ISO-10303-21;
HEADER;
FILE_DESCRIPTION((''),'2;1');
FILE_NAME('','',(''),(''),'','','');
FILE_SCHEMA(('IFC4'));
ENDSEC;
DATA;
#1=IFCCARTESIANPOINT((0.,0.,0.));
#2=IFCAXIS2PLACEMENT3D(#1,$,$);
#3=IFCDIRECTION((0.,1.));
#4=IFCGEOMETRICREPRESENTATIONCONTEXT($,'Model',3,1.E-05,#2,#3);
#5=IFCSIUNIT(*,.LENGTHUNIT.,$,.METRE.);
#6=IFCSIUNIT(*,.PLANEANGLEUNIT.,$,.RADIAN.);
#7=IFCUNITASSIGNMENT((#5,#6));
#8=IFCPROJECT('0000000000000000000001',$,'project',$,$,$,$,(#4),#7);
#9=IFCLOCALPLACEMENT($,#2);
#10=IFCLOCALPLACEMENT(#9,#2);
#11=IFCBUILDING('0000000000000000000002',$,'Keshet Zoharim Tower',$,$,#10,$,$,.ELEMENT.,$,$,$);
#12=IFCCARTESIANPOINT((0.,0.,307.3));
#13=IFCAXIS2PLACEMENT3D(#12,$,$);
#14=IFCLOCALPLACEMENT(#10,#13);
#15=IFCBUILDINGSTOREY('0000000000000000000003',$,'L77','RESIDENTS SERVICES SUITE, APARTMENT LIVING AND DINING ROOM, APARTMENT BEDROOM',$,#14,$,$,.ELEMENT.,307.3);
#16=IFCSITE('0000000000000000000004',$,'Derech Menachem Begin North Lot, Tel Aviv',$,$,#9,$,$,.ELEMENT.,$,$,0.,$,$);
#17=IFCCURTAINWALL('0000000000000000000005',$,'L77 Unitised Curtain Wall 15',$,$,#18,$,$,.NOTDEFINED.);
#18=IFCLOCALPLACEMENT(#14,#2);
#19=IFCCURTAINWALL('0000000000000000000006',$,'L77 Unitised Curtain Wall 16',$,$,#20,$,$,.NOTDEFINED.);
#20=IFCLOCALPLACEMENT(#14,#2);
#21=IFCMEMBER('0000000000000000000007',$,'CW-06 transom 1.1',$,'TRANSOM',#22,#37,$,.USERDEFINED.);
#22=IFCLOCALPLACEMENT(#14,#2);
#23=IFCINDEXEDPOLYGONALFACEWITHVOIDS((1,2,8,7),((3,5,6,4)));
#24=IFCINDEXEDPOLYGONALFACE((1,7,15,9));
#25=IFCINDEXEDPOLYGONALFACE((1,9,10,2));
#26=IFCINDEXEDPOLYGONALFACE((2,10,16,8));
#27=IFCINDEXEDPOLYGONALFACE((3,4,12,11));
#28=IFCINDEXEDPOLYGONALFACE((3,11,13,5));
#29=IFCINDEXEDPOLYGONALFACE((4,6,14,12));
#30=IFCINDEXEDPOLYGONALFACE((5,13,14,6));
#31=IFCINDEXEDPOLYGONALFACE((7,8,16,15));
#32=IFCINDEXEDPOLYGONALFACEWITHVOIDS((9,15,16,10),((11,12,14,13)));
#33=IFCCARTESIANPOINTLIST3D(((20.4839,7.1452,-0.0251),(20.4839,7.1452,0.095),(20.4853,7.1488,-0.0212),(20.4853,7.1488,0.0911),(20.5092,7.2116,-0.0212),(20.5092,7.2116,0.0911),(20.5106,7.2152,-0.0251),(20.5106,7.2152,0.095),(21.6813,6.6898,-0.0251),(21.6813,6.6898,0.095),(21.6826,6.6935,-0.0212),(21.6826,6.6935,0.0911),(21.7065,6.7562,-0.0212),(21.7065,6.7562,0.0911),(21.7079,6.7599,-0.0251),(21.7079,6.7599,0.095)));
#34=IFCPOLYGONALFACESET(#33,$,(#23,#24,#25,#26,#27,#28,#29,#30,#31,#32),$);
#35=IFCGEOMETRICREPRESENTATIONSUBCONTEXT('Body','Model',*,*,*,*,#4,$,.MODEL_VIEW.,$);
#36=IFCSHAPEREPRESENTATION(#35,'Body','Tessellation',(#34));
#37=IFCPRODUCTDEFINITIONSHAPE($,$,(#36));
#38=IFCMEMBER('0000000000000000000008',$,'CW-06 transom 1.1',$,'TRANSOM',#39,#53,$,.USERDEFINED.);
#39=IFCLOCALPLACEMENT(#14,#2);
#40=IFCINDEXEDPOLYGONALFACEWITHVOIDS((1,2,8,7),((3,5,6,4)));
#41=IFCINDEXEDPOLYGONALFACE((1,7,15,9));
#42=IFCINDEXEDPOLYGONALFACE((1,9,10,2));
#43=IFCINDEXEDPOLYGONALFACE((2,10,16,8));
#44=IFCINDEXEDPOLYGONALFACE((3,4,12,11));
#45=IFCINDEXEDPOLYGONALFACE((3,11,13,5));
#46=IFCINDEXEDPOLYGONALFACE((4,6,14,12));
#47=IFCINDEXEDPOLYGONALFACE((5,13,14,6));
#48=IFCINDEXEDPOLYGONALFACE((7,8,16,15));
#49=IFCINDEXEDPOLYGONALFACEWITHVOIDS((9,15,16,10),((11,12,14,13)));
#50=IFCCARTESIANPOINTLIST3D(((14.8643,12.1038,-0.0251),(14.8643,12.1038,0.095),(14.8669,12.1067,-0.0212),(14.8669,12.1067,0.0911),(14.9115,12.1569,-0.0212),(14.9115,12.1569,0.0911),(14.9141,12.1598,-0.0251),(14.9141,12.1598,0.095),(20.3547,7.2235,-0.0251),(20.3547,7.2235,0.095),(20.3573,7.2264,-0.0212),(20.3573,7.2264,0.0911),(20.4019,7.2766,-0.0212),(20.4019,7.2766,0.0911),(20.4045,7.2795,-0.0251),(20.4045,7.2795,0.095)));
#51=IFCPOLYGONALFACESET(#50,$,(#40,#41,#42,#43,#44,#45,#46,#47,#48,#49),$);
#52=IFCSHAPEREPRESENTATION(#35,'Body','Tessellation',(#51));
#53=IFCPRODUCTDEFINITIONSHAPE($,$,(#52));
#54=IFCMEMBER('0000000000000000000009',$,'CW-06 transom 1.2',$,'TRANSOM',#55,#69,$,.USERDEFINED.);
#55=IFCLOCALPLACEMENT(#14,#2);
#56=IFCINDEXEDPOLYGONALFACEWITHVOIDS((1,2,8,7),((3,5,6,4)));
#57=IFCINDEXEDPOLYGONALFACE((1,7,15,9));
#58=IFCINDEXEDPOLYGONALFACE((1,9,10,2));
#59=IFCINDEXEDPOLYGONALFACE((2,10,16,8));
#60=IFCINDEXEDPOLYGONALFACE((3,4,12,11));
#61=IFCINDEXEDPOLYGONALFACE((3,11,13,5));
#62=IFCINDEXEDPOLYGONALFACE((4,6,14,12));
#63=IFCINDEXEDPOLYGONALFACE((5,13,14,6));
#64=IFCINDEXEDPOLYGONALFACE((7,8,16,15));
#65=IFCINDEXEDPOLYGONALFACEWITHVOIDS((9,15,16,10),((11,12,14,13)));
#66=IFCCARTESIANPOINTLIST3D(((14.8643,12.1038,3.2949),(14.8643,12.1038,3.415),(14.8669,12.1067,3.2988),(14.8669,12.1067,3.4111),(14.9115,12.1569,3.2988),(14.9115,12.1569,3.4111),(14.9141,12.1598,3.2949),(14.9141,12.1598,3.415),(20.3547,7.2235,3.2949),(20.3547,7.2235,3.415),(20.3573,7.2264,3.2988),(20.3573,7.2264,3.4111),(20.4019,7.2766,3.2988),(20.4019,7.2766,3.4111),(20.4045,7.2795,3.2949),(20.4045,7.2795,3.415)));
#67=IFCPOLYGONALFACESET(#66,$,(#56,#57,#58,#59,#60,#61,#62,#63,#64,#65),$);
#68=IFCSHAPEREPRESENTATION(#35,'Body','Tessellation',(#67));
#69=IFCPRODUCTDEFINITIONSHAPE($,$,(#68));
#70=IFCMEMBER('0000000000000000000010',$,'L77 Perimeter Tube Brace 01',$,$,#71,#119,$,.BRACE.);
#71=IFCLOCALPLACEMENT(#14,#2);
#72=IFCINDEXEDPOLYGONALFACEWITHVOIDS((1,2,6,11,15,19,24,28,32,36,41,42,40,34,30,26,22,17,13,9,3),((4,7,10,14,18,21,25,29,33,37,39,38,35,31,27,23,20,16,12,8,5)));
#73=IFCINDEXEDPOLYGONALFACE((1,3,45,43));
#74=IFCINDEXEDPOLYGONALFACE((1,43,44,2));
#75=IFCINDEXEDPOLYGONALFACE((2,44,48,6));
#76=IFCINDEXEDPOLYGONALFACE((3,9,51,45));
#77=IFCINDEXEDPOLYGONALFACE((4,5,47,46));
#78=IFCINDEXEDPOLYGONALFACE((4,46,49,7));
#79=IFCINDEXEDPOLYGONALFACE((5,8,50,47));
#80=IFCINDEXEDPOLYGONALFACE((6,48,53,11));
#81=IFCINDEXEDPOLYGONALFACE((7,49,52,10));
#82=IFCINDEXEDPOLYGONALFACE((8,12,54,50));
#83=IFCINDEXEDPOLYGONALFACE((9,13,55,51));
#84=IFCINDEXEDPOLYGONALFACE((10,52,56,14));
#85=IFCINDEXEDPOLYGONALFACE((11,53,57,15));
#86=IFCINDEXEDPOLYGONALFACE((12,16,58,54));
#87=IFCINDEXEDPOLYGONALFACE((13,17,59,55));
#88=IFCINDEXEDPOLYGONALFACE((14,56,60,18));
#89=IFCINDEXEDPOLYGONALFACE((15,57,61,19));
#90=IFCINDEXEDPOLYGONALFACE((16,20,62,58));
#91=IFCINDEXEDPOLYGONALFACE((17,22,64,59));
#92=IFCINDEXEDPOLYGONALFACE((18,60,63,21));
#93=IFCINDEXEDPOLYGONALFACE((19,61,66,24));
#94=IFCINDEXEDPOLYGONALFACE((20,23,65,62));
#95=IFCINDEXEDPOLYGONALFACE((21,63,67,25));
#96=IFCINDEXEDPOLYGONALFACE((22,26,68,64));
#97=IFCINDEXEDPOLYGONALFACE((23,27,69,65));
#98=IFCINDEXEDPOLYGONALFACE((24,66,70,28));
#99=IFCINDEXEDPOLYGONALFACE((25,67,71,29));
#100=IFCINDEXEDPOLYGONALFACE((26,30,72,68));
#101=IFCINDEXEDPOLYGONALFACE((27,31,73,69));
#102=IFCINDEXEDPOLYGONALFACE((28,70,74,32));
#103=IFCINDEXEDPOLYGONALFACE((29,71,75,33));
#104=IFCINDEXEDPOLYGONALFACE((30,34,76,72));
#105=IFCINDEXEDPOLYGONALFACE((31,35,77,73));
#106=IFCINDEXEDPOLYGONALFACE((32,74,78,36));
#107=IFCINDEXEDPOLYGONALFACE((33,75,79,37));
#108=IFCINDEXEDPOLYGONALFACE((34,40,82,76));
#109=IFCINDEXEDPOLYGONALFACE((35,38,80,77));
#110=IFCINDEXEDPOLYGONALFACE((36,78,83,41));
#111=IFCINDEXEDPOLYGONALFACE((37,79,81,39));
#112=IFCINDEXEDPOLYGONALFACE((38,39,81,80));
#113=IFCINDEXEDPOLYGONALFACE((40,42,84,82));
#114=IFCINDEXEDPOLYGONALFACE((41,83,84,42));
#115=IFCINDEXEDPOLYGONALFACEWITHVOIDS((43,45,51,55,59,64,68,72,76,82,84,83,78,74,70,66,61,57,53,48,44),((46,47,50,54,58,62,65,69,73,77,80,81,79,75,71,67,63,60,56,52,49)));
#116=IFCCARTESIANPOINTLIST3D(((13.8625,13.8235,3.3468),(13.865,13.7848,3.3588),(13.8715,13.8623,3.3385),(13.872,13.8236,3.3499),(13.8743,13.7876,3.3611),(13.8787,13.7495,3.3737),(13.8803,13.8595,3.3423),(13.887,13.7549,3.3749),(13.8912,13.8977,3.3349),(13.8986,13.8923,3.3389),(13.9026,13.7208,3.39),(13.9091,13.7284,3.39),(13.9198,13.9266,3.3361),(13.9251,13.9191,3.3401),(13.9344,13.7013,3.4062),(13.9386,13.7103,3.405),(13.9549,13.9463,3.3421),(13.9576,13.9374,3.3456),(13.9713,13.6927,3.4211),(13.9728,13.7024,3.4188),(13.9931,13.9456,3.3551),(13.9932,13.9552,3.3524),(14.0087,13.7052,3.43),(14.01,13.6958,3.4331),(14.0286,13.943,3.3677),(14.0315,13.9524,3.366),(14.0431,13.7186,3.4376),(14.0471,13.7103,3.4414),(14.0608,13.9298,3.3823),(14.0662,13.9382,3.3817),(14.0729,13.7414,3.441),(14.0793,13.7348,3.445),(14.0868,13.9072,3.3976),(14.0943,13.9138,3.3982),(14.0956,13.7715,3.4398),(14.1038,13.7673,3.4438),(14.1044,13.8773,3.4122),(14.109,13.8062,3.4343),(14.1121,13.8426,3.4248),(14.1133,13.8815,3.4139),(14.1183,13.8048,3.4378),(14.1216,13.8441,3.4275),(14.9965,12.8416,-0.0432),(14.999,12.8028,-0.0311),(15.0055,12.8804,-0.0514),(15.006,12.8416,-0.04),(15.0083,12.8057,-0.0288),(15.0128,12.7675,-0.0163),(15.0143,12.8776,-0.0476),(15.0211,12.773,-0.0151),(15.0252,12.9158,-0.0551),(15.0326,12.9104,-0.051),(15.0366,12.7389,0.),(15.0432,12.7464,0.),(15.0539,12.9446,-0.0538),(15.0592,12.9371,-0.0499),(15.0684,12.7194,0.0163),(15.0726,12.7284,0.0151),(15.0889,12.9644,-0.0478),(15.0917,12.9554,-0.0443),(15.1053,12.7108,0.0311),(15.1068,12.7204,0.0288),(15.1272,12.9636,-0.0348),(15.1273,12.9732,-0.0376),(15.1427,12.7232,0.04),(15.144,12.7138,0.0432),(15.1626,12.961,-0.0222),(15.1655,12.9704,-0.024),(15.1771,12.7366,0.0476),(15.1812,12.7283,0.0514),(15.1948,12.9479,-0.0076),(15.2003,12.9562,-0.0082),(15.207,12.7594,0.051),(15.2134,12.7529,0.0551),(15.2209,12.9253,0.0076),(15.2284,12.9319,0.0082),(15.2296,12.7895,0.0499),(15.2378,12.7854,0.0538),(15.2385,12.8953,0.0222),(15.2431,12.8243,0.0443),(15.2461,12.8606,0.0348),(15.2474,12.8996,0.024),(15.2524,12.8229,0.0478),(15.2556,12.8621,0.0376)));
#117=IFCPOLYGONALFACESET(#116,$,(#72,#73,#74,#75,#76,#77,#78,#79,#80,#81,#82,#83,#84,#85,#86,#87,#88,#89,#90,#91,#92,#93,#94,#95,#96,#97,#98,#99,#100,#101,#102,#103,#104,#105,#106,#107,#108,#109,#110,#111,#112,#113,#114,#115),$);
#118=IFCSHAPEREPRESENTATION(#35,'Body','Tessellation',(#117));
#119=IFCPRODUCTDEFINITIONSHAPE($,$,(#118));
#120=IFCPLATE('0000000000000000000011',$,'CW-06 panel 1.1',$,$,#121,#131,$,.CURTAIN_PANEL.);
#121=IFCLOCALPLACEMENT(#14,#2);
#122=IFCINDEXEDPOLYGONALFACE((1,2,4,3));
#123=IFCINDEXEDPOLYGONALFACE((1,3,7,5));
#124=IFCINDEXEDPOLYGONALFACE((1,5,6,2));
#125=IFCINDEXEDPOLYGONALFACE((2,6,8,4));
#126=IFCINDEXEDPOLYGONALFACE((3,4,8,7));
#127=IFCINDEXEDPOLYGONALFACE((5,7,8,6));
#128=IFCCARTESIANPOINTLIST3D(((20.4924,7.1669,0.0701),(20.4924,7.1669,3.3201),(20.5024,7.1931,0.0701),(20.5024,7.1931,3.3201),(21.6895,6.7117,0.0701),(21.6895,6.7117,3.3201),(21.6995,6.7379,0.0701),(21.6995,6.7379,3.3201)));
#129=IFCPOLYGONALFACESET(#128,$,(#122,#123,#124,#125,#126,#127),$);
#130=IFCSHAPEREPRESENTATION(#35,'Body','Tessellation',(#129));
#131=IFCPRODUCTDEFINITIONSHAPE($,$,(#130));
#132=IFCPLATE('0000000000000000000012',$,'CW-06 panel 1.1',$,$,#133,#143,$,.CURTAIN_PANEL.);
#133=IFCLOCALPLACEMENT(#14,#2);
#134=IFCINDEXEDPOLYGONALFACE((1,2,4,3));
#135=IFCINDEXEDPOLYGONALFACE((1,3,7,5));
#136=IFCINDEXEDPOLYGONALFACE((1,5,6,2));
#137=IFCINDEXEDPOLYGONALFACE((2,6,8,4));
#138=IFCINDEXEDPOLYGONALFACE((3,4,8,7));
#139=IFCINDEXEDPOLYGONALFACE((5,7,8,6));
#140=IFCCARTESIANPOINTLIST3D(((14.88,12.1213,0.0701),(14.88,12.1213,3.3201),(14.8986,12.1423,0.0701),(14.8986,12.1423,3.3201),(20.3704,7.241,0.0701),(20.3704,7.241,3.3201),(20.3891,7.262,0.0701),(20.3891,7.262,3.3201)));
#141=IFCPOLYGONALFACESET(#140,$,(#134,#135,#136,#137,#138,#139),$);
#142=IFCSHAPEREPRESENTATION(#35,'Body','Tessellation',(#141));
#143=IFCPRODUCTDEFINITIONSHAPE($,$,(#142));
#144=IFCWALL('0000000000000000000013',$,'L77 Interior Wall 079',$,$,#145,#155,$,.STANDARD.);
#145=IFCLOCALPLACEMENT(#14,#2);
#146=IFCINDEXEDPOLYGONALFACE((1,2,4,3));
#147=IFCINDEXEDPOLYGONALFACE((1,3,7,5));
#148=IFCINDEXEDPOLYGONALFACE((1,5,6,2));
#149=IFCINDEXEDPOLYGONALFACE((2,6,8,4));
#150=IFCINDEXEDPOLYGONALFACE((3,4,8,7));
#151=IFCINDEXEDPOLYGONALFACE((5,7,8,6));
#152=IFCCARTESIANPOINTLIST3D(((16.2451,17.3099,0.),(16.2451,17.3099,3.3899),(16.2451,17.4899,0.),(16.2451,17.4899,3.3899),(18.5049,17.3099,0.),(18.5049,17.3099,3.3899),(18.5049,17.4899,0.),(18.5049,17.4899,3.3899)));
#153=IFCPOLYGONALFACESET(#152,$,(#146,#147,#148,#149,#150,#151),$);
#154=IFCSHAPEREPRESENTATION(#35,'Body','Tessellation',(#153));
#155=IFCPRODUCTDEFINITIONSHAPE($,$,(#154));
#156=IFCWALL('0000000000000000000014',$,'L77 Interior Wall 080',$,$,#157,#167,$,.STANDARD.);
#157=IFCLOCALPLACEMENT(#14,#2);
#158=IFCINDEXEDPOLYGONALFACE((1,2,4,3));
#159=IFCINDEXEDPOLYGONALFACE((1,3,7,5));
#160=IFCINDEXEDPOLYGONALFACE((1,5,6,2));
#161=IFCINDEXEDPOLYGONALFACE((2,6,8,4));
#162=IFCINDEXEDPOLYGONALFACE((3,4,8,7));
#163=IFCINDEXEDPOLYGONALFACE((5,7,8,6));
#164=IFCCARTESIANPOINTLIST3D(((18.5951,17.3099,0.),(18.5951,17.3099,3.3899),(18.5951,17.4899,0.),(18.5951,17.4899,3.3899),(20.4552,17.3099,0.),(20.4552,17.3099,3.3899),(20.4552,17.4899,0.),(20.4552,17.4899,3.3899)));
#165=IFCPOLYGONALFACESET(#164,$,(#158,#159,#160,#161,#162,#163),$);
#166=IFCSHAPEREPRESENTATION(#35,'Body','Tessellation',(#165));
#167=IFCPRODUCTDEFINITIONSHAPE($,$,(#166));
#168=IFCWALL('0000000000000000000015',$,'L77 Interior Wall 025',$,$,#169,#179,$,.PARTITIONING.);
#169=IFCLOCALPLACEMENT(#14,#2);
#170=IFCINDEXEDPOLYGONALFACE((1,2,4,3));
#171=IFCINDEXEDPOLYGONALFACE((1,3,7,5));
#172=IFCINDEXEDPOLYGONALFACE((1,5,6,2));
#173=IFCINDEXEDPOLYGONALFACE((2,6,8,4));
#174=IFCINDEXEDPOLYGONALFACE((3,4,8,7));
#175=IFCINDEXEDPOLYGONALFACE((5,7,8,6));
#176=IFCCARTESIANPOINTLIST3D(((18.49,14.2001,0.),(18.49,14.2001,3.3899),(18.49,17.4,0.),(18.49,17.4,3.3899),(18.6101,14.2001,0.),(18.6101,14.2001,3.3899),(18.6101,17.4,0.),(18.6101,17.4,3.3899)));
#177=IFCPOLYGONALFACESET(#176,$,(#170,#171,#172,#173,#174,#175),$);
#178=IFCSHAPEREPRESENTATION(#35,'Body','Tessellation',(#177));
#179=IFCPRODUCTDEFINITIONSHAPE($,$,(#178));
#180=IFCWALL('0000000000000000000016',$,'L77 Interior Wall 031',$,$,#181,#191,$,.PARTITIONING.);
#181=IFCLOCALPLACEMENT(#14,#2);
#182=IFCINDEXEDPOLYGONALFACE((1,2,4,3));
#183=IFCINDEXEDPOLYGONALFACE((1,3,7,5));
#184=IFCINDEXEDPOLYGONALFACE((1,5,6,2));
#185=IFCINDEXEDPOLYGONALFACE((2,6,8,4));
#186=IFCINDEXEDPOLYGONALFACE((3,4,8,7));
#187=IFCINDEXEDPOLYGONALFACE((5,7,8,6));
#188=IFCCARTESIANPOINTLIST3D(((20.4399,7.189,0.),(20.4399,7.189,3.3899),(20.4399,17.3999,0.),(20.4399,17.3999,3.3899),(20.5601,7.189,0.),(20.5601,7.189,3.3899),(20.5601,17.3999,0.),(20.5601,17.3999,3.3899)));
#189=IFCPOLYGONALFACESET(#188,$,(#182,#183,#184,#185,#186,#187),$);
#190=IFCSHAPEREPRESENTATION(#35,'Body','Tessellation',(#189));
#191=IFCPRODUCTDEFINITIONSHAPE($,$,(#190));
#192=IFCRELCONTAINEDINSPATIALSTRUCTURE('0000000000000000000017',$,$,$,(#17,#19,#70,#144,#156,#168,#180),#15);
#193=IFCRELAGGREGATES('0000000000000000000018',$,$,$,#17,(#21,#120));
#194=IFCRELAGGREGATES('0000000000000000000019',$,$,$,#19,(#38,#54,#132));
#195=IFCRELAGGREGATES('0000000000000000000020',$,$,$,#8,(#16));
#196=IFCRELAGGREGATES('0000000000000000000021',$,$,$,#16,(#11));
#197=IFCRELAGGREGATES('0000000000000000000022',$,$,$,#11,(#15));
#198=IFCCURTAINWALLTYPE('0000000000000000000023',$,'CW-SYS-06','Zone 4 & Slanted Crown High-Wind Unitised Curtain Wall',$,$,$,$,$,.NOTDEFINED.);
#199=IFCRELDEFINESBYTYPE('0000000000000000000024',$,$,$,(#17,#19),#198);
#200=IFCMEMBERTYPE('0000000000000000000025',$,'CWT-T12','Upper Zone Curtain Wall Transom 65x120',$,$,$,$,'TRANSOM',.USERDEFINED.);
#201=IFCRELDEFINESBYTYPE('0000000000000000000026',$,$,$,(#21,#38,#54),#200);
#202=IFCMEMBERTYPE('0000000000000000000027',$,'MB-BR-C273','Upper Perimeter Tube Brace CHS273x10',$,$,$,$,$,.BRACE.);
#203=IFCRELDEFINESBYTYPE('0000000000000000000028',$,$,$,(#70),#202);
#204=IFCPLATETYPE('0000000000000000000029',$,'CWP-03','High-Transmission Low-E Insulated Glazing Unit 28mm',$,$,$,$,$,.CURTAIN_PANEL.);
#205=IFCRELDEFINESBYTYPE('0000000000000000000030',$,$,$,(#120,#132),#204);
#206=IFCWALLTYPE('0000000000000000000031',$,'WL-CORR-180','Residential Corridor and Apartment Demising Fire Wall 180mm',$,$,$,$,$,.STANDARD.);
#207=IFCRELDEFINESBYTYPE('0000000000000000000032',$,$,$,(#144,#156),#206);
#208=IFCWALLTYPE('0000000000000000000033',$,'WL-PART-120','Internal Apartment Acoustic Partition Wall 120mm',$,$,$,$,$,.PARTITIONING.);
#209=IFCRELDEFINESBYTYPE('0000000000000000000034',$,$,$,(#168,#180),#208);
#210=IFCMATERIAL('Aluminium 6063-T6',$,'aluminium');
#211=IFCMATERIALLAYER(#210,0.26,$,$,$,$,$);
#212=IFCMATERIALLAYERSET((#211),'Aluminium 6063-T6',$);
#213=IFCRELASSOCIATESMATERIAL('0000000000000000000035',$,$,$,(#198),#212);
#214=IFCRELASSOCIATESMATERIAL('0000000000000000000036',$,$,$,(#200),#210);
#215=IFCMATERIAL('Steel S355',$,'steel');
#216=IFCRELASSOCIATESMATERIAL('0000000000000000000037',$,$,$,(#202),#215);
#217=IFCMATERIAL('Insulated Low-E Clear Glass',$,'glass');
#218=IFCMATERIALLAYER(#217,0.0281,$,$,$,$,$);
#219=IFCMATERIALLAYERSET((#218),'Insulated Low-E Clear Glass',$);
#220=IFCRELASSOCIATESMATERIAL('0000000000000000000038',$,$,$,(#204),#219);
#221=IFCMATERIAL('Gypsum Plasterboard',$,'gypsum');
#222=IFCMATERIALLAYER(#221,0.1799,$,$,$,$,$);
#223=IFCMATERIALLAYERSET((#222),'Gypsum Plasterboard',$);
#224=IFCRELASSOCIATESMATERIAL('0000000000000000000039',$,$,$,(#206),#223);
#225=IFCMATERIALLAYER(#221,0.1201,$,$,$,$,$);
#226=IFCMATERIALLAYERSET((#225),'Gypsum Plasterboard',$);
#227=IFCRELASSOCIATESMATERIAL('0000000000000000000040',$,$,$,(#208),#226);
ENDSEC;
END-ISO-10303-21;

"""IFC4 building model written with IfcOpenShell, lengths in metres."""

from ifc_helpers import new_model, si_unit, direction, frame, frame_2d, origin, origin_2d, place, context, subcontext, project, spatial, rectangle, hollow_rectangle, hollow_circle, extrude, material, layer, layer_set, material_profile, profile_set, type_object, element, aggregate, save


model = new_model("IFC4")

# Units and contexts
model_context = context("Model", 3, precision=1e-05, world=origin(), true_north=direction((0.0, 1.0)))
body_context = subcontext(model_context, "Body", "Model", "MODEL_VIEW")
ifc_project = project(units=[si_unit("LENGTHUNIT", "METRE"), si_unit("PLANEANGLEUNIT", "RADIAN")], contexts=[model_context])

# Site, building, storey
site_placement = place(None, origin())
site = spatial("IfcSite", under=ifc_project, at=site_placement, Name="Derech Menachem Begin North Lot, Tel Aviv", CompositionType="ELEMENT", RefElevation=0.0)
building_placement = place(site_placement, origin())
building = spatial("IfcBuilding", under=site, at=building_placement, Name="Keshet Zoharim Tower", CompositionType="ELEMENT")
storey_placement = place(building_placement, frame((0.0, 0.0, 307.3)))
storey = spatial("IfcBuildingStorey", under=building, at=storey_placement, Name="L77", Description="RESIDENTS SERVICES SUITE, APARTMENT LIVING AND DINING ROOM, APARTMENT BEDROOM", CompositionType="ELEMENT", Elevation=307.3)

# Shared definitions
ifc_material_1 = material(Name="Steel S355", Category="steel")

# Curtain walls
ifc_material_2 = material(Name="Aluminium 6063-T6", Category="aluminium")
ifc_layer_1 = layer(ifc_material_2, 0.26)
ifc_layer_set_1 = layer_set([ifc_layer_1], Name="Aluminium 6063-T6")
curtain_wall_type = type_object("IfcCurtainWallType", Name="CW-SYS-06", Description="Zone 4 & Slanted Crown High-Wind Unitised Curtain Wall", PredefinedType="NOTDEFINED", material=ifc_layer_set_1)
curtain_wall_1_placement = place(storey_placement, origin())
curtain_wall_1 = element("IfcCurtainWall", 1, at=curtain_wall_1_placement, inside=storey, type_object=curtain_wall_type, Name="L77 Unitised Curtain Wall 15", PredefinedType="NOTDEFINED")
curtain_wall_2_placement = place(storey_placement, origin())
curtain_wall_2 = element("IfcCurtainWall", 2, at=curtain_wall_2_placement, inside=storey, type_object=curtain_wall_type, Name="L77 Unitised Curtain Wall 16", PredefinedType="NOTDEFINED")

# Members
ifc_material_profile_1 = material_profile(ifc_material_2, hollow_rectangle(XDim=0.075, YDim=0.1201, WallThickness=0.0039, at=origin_2d()), Name="TRN-75x120")
ifc_profile_set_1 = profile_set([ifc_material_profile_1], Name="Aluminium 6063-T6")
member_type_1 = type_object("IfcMemberType", Name="CWT-T12", Description="Upper Zone Curtain Wall Transom 65x120", ElementType="TRANSOM", PredefinedType="USERDEFINED", material=ifc_profile_set_1)
member_1_placement = place(storey_placement, frame((21.6946, 6.7249, 0.0349), z_axis=(-0.93469, 0.355464, 0.0), x_axis=(-0.355464, -0.93469, 0.0)))
member_1 = element("IfcMember", 3, at=member_1_placement, type_object=member_type_1, Name="CW-06 transom 1.1", ObjectType="TRANSOM", PredefinedType="USERDEFINED", context=body_context, shape_type="SweptSolid", body=[
    extrude(hollow_rectangle(XDim=0.075, YDim=0.1201, WallThickness=0.0039, at=origin_2d()), origin(), (0.0, 0.0, 1.0), 1.281),
])
member_2_placement = place(storey_placement, frame((20.3796, 7.2515, 0.0349), z_axis=(-0.747413, 0.66436, 0.0), x_axis=(-0.66436, -0.747413, 0.0)))
member_2 = element("IfcMember", 4, at=member_2_placement, type_object=member_type_1, Name="CW-06 transom 1.1", ObjectType="TRANSOM", PredefinedType="USERDEFINED", context=body_context, shape_type="SweptSolid", body=[
    extrude(hollow_rectangle(XDim=0.075, YDim=0.1201, WallThickness=0.0039, at=origin_2d()), origin(), (0.0, 0.0, 1.0), 7.3459),
])
member_3_placement = place(storey_placement, frame((20.3796, 7.2515, 3.355), z_axis=(-0.747413, 0.66436, 0.0), x_axis=(-0.66436, -0.747413, 0.0)))
member_3 = element("IfcMember", 5, at=member_3_placement, type_object=member_type_1, Name="CW-06 transom 1.2", ObjectType="TRANSOM", PredefinedType="USERDEFINED", context=body_context, shape_type="SweptSolid", body=[
    extrude(hollow_rectangle(XDim=0.075, YDim=0.1201, WallThickness=0.0039, at=origin_2d()), origin(), (0.0, 0.0, 1.0), 7.3459),
])
ifc_material_profile_2 = material_profile(ifc_material_1, hollow_circle(Radius=0.1365, WallThickness=0.01, at=origin_2d()), Name="CHS273x10")
ifc_profile_set_2 = profile_set([ifc_material_profile_2], Name="Steel S355")
member_type_2 = type_object("IfcMemberType", Name="MB-BR-C273", Description="Upper Perimeter Tube Brace CHS273x10", PredefinedType="BRACE", material=ifc_profile_set_2)
member_4_placement = place(storey_placement, frame((15.126, 12.842, 0.0), z_axis=(-0.30592, 0.264889, 0.914466), x_axis=(-0.65459, -0.755984, 0.0)))
element("IfcMember", 6, at=member_4_placement, inside=storey, type_object=member_type_2, Name="L77 Perimeter Tube Brace 01", PredefinedType="BRACE", context=body_context, shape_type="SweptSolid", body=[
    extrude(hollow_circle(Radius=0.1365, WallThickness=0.01, at=origin_2d()), origin(), (0.0, 0.0, 1.0), 3.707),
])

# Plates
ifc_material_3 = material(Name="Insulated Low-E Clear Glass", Category="glass")
ifc_layer_2 = layer(ifc_material_3, 0.0281)
ifc_layer_set_2 = layer_set([ifc_layer_2], Name="Insulated Low-E Clear Glass")
plate_type = type_object("IfcPlateType", Name="CWP-03", Description="High-Transmission Low-E Insulated Glazing Unit 28mm", PredefinedType="CURTAIN_PANEL", material=ifc_layer_set_2)
plate_1_placement = place(storey_placement, frame((21.0959, 6.9524, 0.0701), z_axis=(0.0, 0.0, 1.0), x_axis=(-0.934699, 0.355439, 0.0)))
plate_1 = element("IfcPlate", 7, at=plate_1_placement, type_object=plate_type, Name="CW-06 panel 1.1", PredefinedType="CURTAIN_PANEL", context=body_context, shape_type="SweptSolid", body=[
    extrude(rectangle(XDim=1.2808, YDim=0.0281, at=origin_2d()), origin(), (0.0, 0.0, 1.0), 3.25),
])
aggregate(curtain_wall_1, [member_1, plate_1])
plate_2_placement = place(storey_placement, frame((17.6345, 9.6917, 0.0701), z_axis=(0.0, 0.0, 1.0), x_axis=(-0.747411, 0.664362, 0.0)))
plate_2 = element("IfcPlate", 8, at=plate_2_placement, type_object=plate_type, Name="CW-06 panel 1.1", PredefinedType="CURTAIN_PANEL", context=body_context, shape_type="SweptSolid", body=[
    extrude(rectangle(XDim=7.3459, YDim=0.0281, at=origin_2d()), origin(), (0.0, 0.0, 1.0), 3.25),
])
aggregate(curtain_wall_2, [member_2, member_3, plate_2])

# Shared definitions
ifc_material_4 = material(Name="Gypsum Plasterboard", Category="gypsum")

# Walls
ifc_layer_3 = layer(ifc_material_4, 0.1799)
ifc_layer_set_3 = layer_set([ifc_layer_3], Name="Gypsum Plasterboard")
wall_type_1 = type_object("IfcWallType", Name="WL-CORR-180", Description="Residential Corridor and Apartment Demising Fire Wall 180mm", PredefinedType="STANDARD", material=ifc_layer_set_3)
wall_1_placement = place(storey_placement, frame((16.2451, 17.3999, 0.0), z_axis=(0.0, 0.0, 1.0), x_axis=(1.0, 0.0, 0.0)))
element("IfcWall", 9, at=wall_1_placement, inside=storey, type_object=wall_type_1, Name="L77 Interior Wall 079", PredefinedType="STANDARD", context=body_context, shape_type="SweptSolid", body=[
    extrude(rectangle(XDim=2.2598, YDim=0.1799, at=frame_2d((1.1299, 0.0))), origin(), (0.0, 0.0, 1.0), 3.3899),
])
wall_2_placement = place(storey_placement, frame((18.595, 17.3999, 0.0), z_axis=(0.0, 0.0, 1.0), x_axis=(1.0, 0.0, 0.0)))
element("IfcWall", 10, at=wall_2_placement, inside=storey, type_object=wall_type_1, Name="L77 Interior Wall 080", PredefinedType="STANDARD", context=body_context, shape_type="SweptSolid", body=[
    extrude(rectangle(XDim=1.8601, YDim=0.1799, at=frame_2d((0.9302, 0.0))), origin(), (0.0, 0.0, 1.0), 3.3899),
])

# Shared definitions
ifc_layer_4 = layer(ifc_material_4, 0.1201)
ifc_layer_set_4 = layer_set([ifc_layer_4], Name="Gypsum Plasterboard")
wall_type_2 = type_object("IfcWallType", Name="WL-PART-120", Description="Internal Apartment Acoustic Partition Wall 120mm", PredefinedType="PARTITIONING", material=ifc_layer_set_4)

# Walls
wall_3_placement = place(storey_placement, frame((18.55, 14.2, 0.0), z_axis=(0.0, 0.0, 1.0), x_axis=(0.0, 1.0, 0.0)))
element("IfcWall", 11, at=wall_3_placement, inside=storey, type_object=wall_type_2, Name="L77 Interior Wall 025", PredefinedType="PARTITIONING", context=body_context, shape_type="SweptSolid", body=[
    extrude(rectangle(XDim=3.2, YDim=0.1201, at=frame_2d((1.6001, 0.0))), origin(), (0.0, 0.0, 1.0), 3.3899),
])
wall_4_placement = place(storey_placement, frame((20.5, 7.189, 0.0), z_axis=(0.0, 0.0, 1.0), x_axis=(0.0, 1.0, 0.0)))
element("IfcWall", 12, at=wall_4_placement, inside=storey, type_object=wall_type_2, Name="L77 Interior Wall 031", PredefinedType="PARTITIONING", context=body_context, shape_type="SweptSolid", body=[
    extrude(rectangle(XDim=10.2109, YDim=0.1201, at=frame_2d((5.1055, 0.0))), origin(), (0.0, 0.0, 1.0), 3.3899),
])

save(model, "model.ifc")
